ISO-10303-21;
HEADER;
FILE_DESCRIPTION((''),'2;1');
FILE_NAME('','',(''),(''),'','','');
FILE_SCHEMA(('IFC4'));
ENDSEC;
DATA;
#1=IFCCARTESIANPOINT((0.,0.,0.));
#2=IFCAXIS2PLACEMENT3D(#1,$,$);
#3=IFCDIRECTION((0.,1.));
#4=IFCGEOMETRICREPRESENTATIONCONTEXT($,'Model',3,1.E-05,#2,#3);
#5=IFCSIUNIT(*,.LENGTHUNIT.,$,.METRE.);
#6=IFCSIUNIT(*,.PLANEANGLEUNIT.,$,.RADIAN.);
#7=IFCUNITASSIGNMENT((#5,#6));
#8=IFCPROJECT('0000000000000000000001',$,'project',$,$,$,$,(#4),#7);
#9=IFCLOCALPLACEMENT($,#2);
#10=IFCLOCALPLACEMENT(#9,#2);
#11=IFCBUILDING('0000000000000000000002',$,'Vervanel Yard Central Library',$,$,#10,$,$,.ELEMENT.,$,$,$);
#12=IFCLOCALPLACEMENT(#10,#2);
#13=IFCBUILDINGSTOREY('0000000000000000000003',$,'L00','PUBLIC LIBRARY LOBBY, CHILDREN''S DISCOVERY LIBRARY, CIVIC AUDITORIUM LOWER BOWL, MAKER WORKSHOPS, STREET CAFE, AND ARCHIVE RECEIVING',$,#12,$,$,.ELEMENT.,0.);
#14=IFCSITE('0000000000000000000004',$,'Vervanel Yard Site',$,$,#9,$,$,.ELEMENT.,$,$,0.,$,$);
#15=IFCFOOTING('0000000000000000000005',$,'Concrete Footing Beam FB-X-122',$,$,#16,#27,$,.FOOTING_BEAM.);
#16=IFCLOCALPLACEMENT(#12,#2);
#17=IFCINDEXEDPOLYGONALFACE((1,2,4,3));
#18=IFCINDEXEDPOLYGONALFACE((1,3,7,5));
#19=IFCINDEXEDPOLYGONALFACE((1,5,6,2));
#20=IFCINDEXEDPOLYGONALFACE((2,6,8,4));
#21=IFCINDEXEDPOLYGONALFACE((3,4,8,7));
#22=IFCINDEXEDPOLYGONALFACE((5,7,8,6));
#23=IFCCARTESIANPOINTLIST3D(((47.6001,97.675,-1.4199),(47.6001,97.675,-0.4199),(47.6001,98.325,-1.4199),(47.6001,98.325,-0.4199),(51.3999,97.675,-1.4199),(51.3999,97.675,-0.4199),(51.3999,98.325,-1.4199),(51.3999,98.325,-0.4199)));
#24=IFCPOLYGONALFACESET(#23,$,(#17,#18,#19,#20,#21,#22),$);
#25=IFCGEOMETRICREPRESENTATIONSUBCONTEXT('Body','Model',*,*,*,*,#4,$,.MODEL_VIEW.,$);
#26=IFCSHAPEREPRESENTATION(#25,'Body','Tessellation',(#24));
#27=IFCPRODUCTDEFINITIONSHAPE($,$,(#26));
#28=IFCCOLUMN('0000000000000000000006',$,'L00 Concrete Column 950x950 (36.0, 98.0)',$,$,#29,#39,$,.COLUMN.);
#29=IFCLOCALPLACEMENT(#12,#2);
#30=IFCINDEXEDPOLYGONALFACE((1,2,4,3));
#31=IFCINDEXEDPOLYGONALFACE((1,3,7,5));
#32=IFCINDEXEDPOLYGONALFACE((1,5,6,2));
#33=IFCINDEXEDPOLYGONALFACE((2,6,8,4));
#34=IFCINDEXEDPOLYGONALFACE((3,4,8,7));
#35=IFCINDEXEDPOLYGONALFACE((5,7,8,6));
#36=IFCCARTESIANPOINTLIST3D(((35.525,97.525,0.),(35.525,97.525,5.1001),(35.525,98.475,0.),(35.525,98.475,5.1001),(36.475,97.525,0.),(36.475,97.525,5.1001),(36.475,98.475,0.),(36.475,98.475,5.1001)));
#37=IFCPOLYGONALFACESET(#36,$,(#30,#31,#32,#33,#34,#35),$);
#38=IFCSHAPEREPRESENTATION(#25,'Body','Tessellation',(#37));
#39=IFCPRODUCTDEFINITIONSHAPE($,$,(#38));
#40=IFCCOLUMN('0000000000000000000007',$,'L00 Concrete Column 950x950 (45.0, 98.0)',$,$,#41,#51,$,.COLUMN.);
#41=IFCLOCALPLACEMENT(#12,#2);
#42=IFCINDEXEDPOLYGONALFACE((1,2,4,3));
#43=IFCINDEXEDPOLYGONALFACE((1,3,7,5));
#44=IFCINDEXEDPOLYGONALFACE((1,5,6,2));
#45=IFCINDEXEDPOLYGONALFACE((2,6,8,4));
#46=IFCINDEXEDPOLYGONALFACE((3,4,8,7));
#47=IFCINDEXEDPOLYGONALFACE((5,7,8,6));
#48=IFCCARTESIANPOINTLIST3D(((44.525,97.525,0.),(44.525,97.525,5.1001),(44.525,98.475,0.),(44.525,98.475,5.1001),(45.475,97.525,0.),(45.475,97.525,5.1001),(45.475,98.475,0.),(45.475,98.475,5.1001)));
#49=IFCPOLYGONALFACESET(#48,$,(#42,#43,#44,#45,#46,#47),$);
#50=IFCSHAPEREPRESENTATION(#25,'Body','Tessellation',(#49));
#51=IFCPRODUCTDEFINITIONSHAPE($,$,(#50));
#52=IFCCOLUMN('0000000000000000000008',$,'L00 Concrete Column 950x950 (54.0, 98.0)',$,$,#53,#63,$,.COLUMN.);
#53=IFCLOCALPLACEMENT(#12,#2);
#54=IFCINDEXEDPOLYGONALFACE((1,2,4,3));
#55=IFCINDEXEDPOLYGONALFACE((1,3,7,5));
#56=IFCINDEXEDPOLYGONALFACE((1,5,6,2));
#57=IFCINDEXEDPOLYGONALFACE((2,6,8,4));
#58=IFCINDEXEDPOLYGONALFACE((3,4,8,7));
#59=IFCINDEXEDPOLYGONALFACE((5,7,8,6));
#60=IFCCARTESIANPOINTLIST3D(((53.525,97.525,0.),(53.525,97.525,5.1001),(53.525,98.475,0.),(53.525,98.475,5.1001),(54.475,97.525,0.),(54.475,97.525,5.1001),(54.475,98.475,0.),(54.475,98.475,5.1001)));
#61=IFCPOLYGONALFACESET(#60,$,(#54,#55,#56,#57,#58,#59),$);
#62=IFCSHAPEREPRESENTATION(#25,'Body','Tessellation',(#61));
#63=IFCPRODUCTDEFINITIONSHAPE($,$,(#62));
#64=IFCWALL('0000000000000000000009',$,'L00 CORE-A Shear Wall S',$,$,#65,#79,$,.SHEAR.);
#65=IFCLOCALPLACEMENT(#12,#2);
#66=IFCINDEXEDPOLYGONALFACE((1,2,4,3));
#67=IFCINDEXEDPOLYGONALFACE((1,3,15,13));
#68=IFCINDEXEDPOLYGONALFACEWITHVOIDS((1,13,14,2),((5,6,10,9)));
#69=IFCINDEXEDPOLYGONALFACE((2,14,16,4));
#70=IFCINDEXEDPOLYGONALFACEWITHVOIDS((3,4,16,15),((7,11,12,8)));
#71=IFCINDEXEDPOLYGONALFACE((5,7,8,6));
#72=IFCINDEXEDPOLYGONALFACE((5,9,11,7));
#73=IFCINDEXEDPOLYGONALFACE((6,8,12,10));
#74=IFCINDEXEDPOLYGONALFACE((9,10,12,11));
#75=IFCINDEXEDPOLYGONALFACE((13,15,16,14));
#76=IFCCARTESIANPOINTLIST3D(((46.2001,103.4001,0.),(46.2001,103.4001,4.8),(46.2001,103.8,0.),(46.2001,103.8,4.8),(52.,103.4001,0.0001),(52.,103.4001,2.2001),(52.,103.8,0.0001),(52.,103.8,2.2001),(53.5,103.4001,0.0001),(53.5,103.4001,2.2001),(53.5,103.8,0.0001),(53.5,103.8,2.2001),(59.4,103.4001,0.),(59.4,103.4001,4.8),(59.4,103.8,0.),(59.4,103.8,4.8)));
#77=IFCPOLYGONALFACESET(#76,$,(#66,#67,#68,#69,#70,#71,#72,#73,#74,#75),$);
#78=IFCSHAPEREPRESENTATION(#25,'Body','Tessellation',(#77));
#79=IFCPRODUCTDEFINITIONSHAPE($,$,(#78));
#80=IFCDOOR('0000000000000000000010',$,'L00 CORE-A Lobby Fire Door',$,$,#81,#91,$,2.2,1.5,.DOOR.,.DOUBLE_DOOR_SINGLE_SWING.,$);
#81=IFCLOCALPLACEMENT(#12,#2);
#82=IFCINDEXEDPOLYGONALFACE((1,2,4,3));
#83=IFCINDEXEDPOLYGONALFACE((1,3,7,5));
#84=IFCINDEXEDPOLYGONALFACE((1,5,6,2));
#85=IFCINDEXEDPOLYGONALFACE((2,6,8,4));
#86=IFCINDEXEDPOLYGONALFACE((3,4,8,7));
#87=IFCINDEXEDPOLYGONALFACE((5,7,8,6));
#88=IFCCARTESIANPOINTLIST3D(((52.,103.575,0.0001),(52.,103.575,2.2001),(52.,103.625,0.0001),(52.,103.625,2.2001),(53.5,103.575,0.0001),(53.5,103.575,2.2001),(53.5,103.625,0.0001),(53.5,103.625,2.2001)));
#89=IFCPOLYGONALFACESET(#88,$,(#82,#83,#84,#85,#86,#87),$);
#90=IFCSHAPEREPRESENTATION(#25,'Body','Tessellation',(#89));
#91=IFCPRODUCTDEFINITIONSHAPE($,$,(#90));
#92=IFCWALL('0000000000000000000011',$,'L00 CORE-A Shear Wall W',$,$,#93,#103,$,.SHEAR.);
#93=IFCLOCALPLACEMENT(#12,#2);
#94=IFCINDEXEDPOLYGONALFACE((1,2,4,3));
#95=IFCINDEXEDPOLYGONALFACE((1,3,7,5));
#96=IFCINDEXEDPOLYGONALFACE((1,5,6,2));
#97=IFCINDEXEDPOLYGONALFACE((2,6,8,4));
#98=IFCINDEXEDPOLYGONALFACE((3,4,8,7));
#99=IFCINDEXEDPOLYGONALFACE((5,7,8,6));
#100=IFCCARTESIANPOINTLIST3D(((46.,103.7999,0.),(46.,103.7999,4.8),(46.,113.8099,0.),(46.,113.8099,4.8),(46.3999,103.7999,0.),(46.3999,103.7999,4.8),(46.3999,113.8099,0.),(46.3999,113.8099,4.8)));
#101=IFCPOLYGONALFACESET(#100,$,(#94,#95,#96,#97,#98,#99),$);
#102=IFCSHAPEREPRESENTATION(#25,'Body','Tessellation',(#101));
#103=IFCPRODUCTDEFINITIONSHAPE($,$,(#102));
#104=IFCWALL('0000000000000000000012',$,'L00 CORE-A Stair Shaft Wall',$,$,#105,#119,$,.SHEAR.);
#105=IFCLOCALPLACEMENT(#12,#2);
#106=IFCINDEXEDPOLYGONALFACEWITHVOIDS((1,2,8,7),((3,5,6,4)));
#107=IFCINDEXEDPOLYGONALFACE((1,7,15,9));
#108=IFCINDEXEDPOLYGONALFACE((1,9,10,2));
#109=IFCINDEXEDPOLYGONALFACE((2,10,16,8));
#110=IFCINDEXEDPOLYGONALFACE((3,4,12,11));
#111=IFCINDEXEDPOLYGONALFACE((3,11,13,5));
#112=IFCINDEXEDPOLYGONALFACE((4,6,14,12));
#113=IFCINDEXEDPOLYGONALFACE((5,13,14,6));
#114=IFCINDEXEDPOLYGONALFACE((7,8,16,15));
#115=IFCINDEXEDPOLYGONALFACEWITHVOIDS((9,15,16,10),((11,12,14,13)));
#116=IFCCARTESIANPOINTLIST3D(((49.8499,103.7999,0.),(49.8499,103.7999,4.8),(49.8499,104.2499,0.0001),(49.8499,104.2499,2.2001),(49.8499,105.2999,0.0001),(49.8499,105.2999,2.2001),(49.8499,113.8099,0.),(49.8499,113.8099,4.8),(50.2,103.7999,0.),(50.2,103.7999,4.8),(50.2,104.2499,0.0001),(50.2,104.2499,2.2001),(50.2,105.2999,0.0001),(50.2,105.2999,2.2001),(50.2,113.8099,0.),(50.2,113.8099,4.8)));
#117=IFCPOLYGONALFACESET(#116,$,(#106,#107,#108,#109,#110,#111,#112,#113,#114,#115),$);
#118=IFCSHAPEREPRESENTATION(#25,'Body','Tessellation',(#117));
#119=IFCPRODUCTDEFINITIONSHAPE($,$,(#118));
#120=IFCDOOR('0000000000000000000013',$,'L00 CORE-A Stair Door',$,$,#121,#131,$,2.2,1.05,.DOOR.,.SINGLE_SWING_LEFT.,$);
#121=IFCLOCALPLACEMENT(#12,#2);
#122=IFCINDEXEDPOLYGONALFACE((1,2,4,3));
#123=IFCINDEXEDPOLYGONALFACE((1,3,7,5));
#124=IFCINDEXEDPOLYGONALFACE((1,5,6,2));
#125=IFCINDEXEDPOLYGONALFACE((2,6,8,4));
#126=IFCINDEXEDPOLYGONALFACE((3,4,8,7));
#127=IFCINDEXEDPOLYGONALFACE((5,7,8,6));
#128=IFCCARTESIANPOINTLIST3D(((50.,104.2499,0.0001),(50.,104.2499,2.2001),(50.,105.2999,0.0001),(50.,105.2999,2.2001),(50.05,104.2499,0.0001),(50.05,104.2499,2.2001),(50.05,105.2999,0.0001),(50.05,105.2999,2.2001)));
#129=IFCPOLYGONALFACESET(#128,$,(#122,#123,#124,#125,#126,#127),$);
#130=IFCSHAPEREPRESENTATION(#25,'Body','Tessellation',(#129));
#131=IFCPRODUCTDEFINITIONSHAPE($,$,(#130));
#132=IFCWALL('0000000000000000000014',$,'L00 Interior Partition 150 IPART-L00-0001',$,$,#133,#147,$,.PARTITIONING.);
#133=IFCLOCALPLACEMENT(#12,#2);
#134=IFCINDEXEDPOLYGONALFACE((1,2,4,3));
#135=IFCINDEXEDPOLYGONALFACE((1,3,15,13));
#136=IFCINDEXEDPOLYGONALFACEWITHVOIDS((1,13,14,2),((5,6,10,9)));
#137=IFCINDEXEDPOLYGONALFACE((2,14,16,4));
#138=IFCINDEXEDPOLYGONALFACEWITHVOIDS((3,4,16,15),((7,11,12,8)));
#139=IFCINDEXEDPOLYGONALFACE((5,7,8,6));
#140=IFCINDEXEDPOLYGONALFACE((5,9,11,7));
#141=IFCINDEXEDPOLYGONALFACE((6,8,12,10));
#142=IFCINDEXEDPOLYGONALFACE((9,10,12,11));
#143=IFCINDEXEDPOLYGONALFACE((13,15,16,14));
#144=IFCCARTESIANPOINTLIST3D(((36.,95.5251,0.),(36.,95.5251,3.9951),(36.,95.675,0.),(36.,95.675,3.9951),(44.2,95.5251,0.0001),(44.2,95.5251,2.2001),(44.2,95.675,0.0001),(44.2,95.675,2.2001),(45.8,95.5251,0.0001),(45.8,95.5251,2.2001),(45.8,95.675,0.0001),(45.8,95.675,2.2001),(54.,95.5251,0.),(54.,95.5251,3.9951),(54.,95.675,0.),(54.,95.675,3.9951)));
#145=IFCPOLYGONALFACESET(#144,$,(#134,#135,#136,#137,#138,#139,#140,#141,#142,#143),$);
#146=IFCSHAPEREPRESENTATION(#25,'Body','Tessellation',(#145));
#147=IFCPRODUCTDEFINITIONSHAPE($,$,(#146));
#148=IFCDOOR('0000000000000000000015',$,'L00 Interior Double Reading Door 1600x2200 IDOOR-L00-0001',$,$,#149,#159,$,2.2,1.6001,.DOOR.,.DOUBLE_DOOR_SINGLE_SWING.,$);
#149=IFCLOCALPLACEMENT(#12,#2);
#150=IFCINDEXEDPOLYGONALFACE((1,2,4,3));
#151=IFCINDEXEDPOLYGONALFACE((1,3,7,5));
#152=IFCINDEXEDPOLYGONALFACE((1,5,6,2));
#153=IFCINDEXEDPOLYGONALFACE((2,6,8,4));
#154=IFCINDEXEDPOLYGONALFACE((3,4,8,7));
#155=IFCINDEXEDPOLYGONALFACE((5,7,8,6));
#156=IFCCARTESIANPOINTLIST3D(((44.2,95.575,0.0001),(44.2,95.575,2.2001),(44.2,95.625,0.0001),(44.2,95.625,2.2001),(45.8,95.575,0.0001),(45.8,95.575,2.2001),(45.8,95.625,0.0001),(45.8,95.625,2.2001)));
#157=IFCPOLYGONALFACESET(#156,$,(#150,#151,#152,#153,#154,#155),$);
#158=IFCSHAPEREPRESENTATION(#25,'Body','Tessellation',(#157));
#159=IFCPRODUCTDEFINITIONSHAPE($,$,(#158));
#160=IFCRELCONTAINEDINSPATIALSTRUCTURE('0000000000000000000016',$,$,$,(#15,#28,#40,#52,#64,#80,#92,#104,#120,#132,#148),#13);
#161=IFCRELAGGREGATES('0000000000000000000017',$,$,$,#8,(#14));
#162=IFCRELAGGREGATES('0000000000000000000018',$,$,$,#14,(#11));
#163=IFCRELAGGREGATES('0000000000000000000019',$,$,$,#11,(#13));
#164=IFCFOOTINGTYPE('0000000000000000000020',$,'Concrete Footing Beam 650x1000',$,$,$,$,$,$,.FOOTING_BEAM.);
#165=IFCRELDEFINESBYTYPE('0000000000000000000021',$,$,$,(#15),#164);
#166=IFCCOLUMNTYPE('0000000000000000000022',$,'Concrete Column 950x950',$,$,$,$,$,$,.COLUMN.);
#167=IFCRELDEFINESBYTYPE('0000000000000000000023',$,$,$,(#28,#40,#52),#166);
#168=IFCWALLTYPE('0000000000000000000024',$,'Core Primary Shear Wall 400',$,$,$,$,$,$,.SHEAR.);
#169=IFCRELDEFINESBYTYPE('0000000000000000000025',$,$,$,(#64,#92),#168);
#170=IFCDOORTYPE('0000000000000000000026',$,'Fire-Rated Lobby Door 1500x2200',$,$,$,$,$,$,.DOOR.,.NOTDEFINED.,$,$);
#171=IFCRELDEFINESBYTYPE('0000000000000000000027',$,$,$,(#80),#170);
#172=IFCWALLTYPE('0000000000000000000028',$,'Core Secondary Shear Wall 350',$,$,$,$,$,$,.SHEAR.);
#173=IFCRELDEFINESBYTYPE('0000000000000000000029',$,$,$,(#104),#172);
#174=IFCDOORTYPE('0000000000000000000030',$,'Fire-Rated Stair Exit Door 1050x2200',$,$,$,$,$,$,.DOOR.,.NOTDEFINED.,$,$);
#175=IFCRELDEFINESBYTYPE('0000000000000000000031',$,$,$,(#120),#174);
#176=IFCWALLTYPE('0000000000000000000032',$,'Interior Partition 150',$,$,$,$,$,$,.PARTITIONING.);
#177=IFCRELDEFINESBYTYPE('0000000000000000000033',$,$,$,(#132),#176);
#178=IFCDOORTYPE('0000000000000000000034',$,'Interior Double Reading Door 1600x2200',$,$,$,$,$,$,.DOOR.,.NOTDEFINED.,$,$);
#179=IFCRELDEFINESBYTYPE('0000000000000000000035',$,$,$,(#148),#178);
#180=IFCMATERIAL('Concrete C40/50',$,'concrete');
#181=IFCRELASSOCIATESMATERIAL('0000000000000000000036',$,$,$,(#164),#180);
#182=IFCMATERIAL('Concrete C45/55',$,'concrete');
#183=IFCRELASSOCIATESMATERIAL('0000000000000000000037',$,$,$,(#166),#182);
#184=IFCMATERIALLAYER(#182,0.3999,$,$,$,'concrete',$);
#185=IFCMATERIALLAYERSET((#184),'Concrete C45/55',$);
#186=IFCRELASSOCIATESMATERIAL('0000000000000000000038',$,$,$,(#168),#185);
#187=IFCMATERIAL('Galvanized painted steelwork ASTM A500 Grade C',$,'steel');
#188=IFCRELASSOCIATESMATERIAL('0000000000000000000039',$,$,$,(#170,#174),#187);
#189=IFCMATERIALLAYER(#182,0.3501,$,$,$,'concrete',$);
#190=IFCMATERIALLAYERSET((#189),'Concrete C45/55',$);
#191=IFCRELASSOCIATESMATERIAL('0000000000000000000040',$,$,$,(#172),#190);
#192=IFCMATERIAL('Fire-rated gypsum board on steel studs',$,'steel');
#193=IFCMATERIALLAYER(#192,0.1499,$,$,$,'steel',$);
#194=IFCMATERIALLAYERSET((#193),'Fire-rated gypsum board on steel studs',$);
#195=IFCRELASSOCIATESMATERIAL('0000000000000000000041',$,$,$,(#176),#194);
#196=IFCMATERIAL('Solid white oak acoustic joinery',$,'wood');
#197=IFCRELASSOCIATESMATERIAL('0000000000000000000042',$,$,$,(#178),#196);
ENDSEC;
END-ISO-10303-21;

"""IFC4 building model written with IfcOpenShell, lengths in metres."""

from ifc_helpers import new_model, si_unit, direction, frame, frame_2d, origin, origin_2d, place, context, subcontext, project, spatial, rectangle, extrude, material, layer, layer_set, material_profile, profile_set, type_object, element, fill, save


model = new_model("IFC4")

# Units and contexts
model_context = context("Model", 3, precision=1e-05, world=origin(), true_north=direction((0.0, 1.0)))
body_context = subcontext(model_context, "Body", "Model", "MODEL_VIEW")
ifc_project = project(units=[si_unit("LENGTHUNIT", "METRE"), si_unit("PLANEANGLEUNIT", "RADIAN")], contexts=[model_context])

# Site, building, storey
site_placement = place(None, origin())
site = spatial("IfcSite", under=ifc_project, at=site_placement, Name="Vervanel Yard Site", CompositionType="ELEMENT", RefElevation=0.0)
building_placement = place(site_placement, origin())
building = spatial("IfcBuilding", under=site, at=building_placement, Name="Vervanel Yard Central Library", CompositionType="ELEMENT")
storey_placement = place(building_placement, origin())
storey = spatial("IfcBuildingStorey", under=building, at=storey_placement, Name="L00", Description="PUBLIC LIBRARY LOBBY, CHILDREN'S DISCOVERY LIBRARY, CIVIC AUDITORIUM LOWER BOWL, MAKER WORKSHOPS, STREET CAFE, AND ARCHIVE RECEIVING", CompositionType="ELEMENT", Elevation=0.0)

# Shared definitions
ifc_material_1 = material(Name="Concrete C40/50", Category="concrete")

# Footing
ifc_material_profile_1 = material_profile(ifc_material_1, rectangle(XDim=0.6499, YDim=1.0, at=origin_2d()), Name="RC 650x1000", Category="concrete")
ifc_profile_set_1 = profile_set([ifc_material_profile_1], Name="Concrete C40/50")
footing_type_1 = type_object("IfcFootingType", Name="Concrete Footing Beam 650x1000", PredefinedType="FOOTING_BEAM", material=ifc_profile_set_1)
for number, where, z_axis, x_axis, name in (
    (1, (47.6001, 98.0, -0.9199), (1.0, 0.0, 0.0), (0.0, 1.0, 0.0), "Concrete Footing Beam FB-X-122"),
):
    element("IfcFooting", number, at=place(storey_placement, frame(where, z_axis=z_axis, x_axis=x_axis)), inside=storey, type_object=footing_type_1, Name=name, PredefinedType="FOOTING_BEAM", context=body_context, shape_type="SweptSolid", body=[
        extrude(rectangle(XDim=0.6499, YDim=1.0, at=origin_2d()), origin(), (0.0, 0.0, 1.0), 3.7998),
    ])

# Columns
ifc_material_2 = material(Name="Concrete C45/55", Category="concrete")
ifc_material_profile_2 = material_profile(ifc_material_2, rectangle(XDim=0.95, YDim=0.95, at=origin_2d()), Name="RC 950x950", Category="concrete")
ifc_profile_set_2 = profile_set([ifc_material_profile_2], Name="Concrete C45/55")
column_type = type_object("IfcColumnType", Name="Concrete Column 950x950", PredefinedType="COLUMN", material=ifc_profile_set_2)
for number, where, z_axis, x_axis, name in (
    (2, (36.0, 98.0, 0.0), (0.0, 0.0, 1.0), (1.0, 0.0, 0.0), "L00 Concrete Column 950x950 (36.0, 98.0)"),
    (3, (45.0, 98.0, 0.0), (0.0, 0.0, 1.0), (1.0, 0.0, 0.0), "L00 Concrete Column 950x950 (45.0, 98.0)"),
    (4, (54.0, 98.0, 0.0), (0.0, 0.0, 1.0), (1.0, 0.0, 0.0), "L00 Concrete Column 950x950 (54.0, 98.0)"),
):
    element("IfcColumn", number, at=place(storey_placement, frame(where, z_axis=z_axis, x_axis=x_axis)), inside=storey, type_object=column_type, Name=name, PredefinedType="COLUMN", context=body_context, shape_type="SweptSolid", body=[
        extrude(rectangle(XDim=0.95, YDim=0.95, at=origin_2d()), origin(), (0.0, 0.0, 1.0), 5.1001),
    ])

# Wall, opening, door
ifc_layer_1 = layer(ifc_material_2, 0.3999, Category="concrete")
ifc_layer_set_1 = layer_set([ifc_layer_1], Name="Concrete C45/55")
wall_type_1 = type_object("IfcWallType", Name="Core Primary Shear Wall 400", PredefinedType="SHEAR", material=ifc_layer_set_1)
wall_1_placement = place(storey_placement, frame((46.2, 103.6001, 0.0), z_axis=(0.0, 0.0, 1.0), x_axis=(1.0, 0.0, 0.0)))
wall_1 = element("IfcWall", 5, at=wall_1_placement, inside=storey, type_object=wall_type_1, Name="L00 CORE-A Shear Wall S", PredefinedType="SHEAR", context=body_context, shape_type="SweptSolid", body=[
    extrude(rectangle(XDim=13.2, YDim=0.3999, at=frame_2d((6.6001, 0.0))), origin(), (0.0, 0.0, 1.0), 4.8),
])
opening_1_placement = place(wall_1_placement, frame((5.8, 0.0, 0.0)))
opening_1 = element("IfcOpeningElement", 6, at=opening_1_placement, cuts=wall_1, PredefinedType="OPENING", context=body_context, shape_type="SweptSolid", body=[
    extrude(rectangle(XDim=1.5, YDim=2.2, at=frame_2d((0.75, 1.1001))), frame((0.0, 0.21, 0.0), z_axis=(0.0, -1.0, 0.0), x_axis=(1.0, 0.0, 0.0)), (0.0, 0.0, 1.0), 0.4199),
])
ifc_material_3 = material(Name="Galvanized painted steelwork ASTM A500 Grade C", Category="steel")
door_type_1 = type_object("IfcDoorType", Name="Fire-Rated Lobby Door 1500x2200", OperationType="NOTDEFINED", PredefinedType="DOOR", material=ifc_material_3)
door_1_placement = place(opening_1_placement, origin())
door_1 = element("IfcDoor", 7, at=door_1_placement, inside=storey, type_object=door_type_1, Name="L00 CORE-A Lobby Fire Door", OperationType="DOUBLE_DOOR_SINGLE_SWING", OverallHeight=2.2, OverallWidth=1.5, PredefinedType="DOOR", context=body_context, shape_type="SweptSolid", body=[
    extrude(rectangle(XDim=1.5, YDim=2.2, at=frame_2d((0.75, 1.1001))), frame((0.0, 0.0249, 0.0), z_axis=(0.0, -1.0, 0.0), x_axis=(1.0, 0.0, 0.0)), (0.0, 0.0, 1.0), 0.05),
])
fill(opening_1, door_1)

# Wall
wall_2_placement = place(storey_placement, frame((46.2, 103.8, 0.0), z_axis=(0.0, 0.0, 1.0), x_axis=(0.0, 1.0, 0.0)))
element("IfcWall", 8, at=wall_2_placement, inside=storey, type_object=wall_type_1, Name="L00 CORE-A Shear Wall W", PredefinedType="SHEAR", context=body_context, shape_type="SweptSolid", body=[
    extrude(rectangle(XDim=10.01, YDim=0.3999, at=frame_2d((5.0049, 0.0))), origin(), (0.0, 0.0, 1.0), 4.8),
])

# Walls, openings, doors
ifc_layer_2 = layer(ifc_material_2, 0.3501, Category="concrete")
ifc_layer_set_2 = layer_set([ifc_layer_2], Name="Concrete C45/55")
wall_type_2 = type_object("IfcWallType", Name="Core Secondary Shear Wall 350", PredefinedType="SHEAR", material=ifc_layer_set_2)
wall_3_placement = place(storey_placement, frame((50.0249, 103.8, 0.0), z_axis=(0.0, 0.0, 1.0), x_axis=(0.0, 1.0, 0.0)))
wall_3 = element("IfcWall", 9, at=wall_3_placement, inside=storey, type_object=wall_type_2, Name="L00 CORE-A Stair Shaft Wall", PredefinedType="SHEAR", context=body_context, shape_type="SweptSolid", body=[
    extrude(rectangle(XDim=10.01, YDim=0.3501, at=frame_2d((5.0049, 0.0))), origin(), (0.0, 0.0, 1.0), 4.8),
])
opening_2_placement = place(wall_3_placement, frame((0.45, 0.0, 0.0)))
opening_2 = element("IfcOpeningElement", 10, at=opening_2_placement, cuts=wall_3, PredefinedType="OPENING", context=body_context, shape_type="SweptSolid", body=[
    extrude(rectangle(XDim=1.05, YDim=2.2, at=frame_2d((0.5249, 1.1001))), frame((0.0, 0.1851, 0.0), z_axis=(0.0, -1.0, 0.0), x_axis=(1.0, 0.0, 0.0)), (0.0, 0.0, 1.0), 0.3701),
])
door_type_2 = type_object("IfcDoorType", Name="Fire-Rated Stair Exit Door 1050x2200", OperationType="NOTDEFINED", PredefinedType="DOOR", material=ifc_material_3)
door_2_placement = place(opening_2_placement, origin())
door_2 = element("IfcDoor", 11, at=door_2_placement, inside=storey, type_object=door_type_2, Name="L00 CORE-A Stair Door", OperationType="SINGLE_SWING_LEFT", OverallHeight=2.2, OverallWidth=1.05, PredefinedType="DOOR", context=body_context, shape_type="SweptSolid", body=[
    extrude(rectangle(XDim=1.05, YDim=2.2, at=frame_2d((0.5249, 1.1001))), frame((0.0, 0.0249, 0.0), z_axis=(0.0, -1.0, 0.0), x_axis=(1.0, 0.0, 0.0)), (0.0, 0.0, 1.0), 0.05),
])
fill(opening_2, door_2)
ifc_material_4 = material(Name="Fire-rated gypsum board on steel studs", Category="steel")
ifc_layer_3 = layer(ifc_material_4, 0.1499, Category="steel")
ifc_layer_set_3 = layer_set([ifc_layer_3], Name="Fire-rated gypsum board on steel studs")
wall_type_3 = type_object("IfcWallType", Name="Interior Partition 150", PredefinedType="PARTITIONING", material=ifc_layer_set_3)
wall_4_placement = place(storey_placement, frame((36.0, 95.6001, 0.0), z_axis=(0.0, 0.0, 1.0), x_axis=(1.0, 0.0, 0.0)))
wall_4 = element("IfcWall", 12, at=wall_4_placement, inside=storey, type_object=wall_type_3, Name="L00 Interior Partition 150 IPART-L00-0001", PredefinedType="PARTITIONING", context=body_context, shape_type="SweptSolid", body=[
    extrude(rectangle(XDim=18.0, YDim=0.1499, at=frame_2d((9.0, 0.0))), origin(), (0.0, 0.0, 1.0), 3.9951),
])
opening_3_placement = place(wall_4_placement, frame((8.2, 0.0, 0.0)))
opening_3 = element("IfcOpeningElement", 13, at=opening_3_placement, cuts=wall_4, PredefinedType="OPENING", context=body_context, shape_type="SweptSolid", body=[
    extrude(rectangle(XDim=1.6001, YDim=2.2, at=frame_2d((0.8, 1.1001))), frame((0.0, 0.085, 0.0), z_axis=(0.0, -1.0, 0.0), x_axis=(1.0, 0.0, 0.0)), (0.0, 0.0, 1.0), 0.1699),
])
ifc_material_5 = material(Name="Solid white oak acoustic joinery", Category="wood")
door_type_3 = type_object("IfcDoorType", Name="Interior Double Reading Door 1600x2200", OperationType="NOTDEFINED", PredefinedType="DOOR", material=ifc_material_5)
door_3_placement = place(opening_3_placement, origin())
door_3 = element("IfcDoor", 14, at=door_3_placement, inside=storey, type_object=door_type_3, Name="L00 Interior Double Reading Door 1600x2200 IDOOR-L00-0001", OperationType="DOUBLE_DOOR_SINGLE_SWING", OverallHeight=2.2, OverallWidth=1.6001, PredefinedType="DOOR", context=body_context, shape_type="SweptSolid", body=[
    extrude(rectangle(XDim=1.6001, YDim=2.2, at=frame_2d((0.8, 1.1001))), frame((0.0, 0.0249, 0.0), z_axis=(0.0, -1.0, 0.0), x_axis=(1.0, 0.0, 0.0)), (0.0, 0.0, 1.0), 0.05),
])
fill(opening_3, door_3)

save(model, "model.ifc")
